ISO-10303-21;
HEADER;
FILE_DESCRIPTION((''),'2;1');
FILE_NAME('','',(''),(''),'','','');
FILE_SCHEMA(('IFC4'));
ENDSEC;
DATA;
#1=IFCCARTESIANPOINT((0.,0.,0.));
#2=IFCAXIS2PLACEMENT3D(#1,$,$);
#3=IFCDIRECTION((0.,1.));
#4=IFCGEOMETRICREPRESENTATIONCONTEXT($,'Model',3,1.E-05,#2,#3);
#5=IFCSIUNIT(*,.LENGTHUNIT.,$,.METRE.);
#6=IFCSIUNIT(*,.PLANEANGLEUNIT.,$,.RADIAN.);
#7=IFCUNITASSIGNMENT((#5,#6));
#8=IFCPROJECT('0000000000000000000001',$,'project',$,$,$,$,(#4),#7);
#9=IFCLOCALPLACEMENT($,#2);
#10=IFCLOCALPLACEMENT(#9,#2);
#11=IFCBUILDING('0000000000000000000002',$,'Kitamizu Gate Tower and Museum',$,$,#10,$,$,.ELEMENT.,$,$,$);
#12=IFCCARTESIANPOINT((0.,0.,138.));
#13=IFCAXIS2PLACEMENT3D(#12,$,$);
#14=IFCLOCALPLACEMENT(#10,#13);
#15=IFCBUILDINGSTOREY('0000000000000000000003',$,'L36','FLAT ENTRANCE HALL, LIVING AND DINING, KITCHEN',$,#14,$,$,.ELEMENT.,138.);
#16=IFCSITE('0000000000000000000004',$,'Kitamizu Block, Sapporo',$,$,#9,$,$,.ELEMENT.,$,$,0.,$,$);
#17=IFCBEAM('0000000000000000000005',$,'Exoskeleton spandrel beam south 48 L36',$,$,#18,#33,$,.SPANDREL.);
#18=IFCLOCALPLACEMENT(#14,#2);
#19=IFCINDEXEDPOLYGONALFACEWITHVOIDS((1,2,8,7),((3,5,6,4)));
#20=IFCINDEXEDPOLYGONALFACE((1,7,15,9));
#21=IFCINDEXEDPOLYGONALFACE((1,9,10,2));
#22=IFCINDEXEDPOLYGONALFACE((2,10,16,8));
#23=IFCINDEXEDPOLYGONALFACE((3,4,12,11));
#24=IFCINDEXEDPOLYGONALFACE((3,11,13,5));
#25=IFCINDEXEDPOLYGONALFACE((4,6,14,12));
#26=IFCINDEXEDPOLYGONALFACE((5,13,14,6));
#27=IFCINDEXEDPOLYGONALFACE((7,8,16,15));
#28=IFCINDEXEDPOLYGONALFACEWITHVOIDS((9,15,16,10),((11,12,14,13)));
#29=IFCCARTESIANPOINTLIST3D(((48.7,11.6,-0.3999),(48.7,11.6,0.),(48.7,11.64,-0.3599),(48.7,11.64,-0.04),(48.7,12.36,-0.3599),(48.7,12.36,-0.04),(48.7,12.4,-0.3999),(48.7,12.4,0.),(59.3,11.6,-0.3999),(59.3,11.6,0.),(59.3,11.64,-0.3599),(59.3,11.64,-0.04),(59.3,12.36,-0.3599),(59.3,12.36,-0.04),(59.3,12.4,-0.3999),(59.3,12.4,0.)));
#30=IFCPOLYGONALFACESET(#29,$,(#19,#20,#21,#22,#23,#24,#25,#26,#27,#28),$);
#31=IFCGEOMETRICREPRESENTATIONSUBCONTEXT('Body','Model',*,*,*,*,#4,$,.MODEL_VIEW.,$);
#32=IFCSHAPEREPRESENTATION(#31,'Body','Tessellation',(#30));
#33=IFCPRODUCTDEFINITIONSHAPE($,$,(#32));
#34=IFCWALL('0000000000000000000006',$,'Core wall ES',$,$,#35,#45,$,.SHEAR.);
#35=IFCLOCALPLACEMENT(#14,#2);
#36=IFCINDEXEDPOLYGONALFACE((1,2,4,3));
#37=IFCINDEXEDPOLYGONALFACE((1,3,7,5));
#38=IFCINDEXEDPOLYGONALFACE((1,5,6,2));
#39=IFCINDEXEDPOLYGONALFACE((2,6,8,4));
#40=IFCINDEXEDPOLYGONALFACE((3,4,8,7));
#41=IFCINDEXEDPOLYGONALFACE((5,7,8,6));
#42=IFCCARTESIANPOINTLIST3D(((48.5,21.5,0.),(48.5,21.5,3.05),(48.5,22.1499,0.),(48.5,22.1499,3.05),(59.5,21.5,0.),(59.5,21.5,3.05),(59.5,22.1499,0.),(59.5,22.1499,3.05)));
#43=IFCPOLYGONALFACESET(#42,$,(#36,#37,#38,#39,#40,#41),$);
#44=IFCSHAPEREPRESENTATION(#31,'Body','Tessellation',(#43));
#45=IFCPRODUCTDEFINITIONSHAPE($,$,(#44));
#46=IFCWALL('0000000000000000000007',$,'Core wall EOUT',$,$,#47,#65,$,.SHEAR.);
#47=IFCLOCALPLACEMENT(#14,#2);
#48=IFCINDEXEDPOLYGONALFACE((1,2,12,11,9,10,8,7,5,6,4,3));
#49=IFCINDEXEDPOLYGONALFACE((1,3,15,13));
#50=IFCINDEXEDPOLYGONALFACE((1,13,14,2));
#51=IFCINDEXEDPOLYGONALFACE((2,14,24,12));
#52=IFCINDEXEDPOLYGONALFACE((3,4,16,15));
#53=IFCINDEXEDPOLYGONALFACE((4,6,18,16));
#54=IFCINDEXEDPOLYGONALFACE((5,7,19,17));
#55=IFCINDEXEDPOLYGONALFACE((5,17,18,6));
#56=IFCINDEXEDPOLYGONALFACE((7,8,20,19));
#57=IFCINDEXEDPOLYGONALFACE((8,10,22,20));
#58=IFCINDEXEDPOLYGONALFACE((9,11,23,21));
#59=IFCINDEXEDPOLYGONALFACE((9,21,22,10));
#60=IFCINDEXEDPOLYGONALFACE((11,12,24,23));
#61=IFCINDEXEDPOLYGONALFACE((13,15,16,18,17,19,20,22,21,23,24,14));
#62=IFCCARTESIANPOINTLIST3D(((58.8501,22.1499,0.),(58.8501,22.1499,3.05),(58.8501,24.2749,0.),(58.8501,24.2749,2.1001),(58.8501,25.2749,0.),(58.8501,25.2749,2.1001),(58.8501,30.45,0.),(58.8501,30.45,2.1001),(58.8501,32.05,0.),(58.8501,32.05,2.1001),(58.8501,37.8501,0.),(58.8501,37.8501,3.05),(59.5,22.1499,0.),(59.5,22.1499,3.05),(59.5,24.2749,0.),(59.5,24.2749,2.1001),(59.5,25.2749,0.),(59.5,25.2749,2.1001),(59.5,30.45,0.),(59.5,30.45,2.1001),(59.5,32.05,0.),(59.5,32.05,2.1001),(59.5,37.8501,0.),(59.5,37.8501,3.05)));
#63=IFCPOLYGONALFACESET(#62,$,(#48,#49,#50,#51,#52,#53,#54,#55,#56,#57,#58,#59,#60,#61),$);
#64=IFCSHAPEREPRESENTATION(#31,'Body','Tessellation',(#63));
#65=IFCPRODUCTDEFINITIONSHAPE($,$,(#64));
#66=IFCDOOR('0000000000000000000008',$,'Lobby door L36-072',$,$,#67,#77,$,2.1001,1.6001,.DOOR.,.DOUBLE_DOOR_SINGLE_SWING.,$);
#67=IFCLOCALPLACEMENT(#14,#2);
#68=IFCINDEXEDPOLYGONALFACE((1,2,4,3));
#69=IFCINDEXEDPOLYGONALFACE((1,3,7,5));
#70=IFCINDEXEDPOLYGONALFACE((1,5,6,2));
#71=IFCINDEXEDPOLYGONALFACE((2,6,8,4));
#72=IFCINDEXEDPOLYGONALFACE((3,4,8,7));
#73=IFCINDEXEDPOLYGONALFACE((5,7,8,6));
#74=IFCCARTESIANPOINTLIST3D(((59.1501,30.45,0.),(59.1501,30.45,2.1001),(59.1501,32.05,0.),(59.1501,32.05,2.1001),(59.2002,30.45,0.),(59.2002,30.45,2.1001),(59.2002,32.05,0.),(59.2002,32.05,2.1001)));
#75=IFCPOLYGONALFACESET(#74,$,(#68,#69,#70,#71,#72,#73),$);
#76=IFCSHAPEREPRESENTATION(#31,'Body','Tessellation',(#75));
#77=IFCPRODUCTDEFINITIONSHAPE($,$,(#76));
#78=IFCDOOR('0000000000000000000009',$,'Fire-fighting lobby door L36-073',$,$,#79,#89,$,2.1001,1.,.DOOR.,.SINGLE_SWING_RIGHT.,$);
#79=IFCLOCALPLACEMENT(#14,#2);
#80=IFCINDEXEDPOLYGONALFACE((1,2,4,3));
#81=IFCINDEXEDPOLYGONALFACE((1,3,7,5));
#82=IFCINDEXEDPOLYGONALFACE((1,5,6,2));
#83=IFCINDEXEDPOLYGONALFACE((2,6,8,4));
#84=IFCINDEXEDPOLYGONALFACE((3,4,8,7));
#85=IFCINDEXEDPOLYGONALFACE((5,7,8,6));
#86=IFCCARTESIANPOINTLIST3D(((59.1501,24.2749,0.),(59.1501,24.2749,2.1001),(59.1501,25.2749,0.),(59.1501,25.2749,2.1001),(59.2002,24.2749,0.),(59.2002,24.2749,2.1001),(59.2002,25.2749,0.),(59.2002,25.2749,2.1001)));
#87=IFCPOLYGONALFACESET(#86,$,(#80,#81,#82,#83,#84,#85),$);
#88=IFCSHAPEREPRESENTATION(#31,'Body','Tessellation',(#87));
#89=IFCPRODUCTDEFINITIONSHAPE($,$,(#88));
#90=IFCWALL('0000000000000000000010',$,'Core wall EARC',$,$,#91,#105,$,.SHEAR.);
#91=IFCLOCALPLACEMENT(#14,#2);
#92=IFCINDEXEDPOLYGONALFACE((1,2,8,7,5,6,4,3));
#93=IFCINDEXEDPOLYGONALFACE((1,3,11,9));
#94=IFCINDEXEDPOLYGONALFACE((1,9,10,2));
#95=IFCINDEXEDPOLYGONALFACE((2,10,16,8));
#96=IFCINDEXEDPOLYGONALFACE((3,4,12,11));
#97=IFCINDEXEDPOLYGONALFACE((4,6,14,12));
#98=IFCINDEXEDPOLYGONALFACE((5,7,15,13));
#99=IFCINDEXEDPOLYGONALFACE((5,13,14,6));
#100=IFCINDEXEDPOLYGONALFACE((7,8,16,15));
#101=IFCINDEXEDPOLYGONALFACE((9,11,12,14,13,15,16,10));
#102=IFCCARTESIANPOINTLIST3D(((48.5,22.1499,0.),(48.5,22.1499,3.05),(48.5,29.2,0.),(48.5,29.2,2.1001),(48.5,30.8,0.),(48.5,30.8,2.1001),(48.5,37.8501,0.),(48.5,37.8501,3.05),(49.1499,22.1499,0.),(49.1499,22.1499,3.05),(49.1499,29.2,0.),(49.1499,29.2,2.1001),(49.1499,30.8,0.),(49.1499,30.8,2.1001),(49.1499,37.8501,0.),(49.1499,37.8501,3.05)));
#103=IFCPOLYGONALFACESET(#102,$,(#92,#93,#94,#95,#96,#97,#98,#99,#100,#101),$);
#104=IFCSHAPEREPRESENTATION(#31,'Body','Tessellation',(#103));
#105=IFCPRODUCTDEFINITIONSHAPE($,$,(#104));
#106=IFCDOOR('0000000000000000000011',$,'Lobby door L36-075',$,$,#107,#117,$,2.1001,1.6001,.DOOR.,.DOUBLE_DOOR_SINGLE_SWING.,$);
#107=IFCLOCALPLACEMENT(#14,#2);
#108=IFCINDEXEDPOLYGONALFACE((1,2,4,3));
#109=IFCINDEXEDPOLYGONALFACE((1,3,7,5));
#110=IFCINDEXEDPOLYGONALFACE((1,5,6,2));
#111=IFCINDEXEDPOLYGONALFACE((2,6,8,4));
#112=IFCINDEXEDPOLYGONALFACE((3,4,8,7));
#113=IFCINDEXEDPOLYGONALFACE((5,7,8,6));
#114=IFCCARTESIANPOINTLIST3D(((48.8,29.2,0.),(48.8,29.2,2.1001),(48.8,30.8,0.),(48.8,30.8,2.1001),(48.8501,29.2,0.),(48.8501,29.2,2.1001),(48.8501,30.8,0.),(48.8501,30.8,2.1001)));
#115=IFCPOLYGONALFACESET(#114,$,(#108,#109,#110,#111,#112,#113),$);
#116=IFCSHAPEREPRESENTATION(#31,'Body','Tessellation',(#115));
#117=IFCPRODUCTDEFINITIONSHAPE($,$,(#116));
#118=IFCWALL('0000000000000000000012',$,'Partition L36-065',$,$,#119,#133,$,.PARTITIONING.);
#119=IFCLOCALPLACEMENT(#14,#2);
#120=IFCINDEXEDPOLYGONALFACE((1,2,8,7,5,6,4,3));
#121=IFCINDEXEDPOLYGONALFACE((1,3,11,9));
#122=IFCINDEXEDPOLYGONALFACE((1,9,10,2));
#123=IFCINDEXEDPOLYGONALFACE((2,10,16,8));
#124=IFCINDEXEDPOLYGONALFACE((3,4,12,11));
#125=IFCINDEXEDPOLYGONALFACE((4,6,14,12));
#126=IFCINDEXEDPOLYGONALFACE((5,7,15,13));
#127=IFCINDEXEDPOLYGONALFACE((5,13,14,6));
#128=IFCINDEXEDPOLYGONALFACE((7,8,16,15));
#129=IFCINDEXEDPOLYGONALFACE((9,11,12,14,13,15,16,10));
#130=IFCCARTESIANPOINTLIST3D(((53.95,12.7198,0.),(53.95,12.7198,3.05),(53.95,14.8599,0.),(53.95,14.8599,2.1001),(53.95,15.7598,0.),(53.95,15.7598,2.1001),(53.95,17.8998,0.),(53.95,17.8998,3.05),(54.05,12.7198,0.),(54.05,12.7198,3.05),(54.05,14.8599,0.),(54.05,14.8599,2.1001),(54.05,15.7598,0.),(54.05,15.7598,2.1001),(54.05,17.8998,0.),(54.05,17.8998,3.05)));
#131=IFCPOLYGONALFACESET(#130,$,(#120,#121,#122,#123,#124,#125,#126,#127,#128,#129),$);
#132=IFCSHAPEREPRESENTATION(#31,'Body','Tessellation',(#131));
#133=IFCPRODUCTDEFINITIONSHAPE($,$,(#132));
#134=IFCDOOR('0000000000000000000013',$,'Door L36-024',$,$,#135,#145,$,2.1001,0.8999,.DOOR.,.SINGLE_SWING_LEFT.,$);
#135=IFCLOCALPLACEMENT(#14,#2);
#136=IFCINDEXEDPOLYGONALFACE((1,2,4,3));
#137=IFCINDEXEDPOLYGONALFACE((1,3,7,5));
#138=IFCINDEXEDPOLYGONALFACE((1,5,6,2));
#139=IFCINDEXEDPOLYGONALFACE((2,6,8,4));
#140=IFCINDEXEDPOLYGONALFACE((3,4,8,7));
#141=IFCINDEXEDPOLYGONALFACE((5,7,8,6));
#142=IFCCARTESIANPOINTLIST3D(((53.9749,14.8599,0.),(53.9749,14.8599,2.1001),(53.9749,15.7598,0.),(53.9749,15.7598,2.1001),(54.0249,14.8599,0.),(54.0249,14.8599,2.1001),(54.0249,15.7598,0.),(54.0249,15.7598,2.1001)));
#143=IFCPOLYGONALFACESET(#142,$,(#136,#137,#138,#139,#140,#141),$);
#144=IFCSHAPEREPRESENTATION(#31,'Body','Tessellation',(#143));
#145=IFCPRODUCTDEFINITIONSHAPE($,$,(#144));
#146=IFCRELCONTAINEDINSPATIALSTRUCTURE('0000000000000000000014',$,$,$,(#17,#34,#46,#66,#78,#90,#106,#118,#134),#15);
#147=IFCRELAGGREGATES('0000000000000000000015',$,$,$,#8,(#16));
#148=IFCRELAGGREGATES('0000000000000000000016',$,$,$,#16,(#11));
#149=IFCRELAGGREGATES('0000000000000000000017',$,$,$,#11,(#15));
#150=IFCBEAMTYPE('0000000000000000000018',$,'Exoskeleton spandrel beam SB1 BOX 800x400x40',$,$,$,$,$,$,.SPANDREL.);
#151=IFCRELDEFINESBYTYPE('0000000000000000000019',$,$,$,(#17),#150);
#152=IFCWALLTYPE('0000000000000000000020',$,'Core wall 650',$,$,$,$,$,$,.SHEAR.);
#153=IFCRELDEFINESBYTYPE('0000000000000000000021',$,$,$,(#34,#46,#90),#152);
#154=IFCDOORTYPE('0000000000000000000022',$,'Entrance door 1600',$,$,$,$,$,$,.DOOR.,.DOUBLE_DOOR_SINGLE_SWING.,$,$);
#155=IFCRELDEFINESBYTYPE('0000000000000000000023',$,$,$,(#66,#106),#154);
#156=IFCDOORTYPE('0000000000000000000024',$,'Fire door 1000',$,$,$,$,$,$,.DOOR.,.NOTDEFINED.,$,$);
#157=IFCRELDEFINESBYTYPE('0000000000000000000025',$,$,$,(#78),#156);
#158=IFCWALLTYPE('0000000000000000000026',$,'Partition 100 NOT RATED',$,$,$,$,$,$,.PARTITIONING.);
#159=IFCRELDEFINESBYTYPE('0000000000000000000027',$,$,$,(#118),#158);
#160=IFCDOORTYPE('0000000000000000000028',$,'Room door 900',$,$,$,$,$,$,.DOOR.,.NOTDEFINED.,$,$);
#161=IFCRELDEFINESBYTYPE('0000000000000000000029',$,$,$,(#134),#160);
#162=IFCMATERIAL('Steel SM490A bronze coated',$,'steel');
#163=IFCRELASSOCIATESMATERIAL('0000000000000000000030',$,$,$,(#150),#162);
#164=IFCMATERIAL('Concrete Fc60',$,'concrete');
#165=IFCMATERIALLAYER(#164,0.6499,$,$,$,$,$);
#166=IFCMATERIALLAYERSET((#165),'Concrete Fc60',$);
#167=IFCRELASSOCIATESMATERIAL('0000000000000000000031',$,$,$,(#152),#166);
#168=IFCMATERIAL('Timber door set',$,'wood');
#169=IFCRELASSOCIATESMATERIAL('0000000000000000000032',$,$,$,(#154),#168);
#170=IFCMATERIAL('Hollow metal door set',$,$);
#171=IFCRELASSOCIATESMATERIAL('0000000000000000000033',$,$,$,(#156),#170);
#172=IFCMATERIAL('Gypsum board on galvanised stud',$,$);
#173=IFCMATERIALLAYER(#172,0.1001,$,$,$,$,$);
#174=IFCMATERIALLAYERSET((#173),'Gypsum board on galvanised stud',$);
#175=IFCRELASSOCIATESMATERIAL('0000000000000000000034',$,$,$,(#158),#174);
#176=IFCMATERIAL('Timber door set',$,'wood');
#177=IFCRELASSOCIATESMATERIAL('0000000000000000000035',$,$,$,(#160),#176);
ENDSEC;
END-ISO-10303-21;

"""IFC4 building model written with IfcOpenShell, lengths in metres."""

from ifc_helpers import new_model, si_unit, direction, frame, frame_2d, origin, origin_2d, place, context, subcontext, project, spatial, rectangle, hollow_rectangle, extrude, material, layer, layer_set, material_profile, profile_set, type_object, element, fill, save


model = new_model("IFC4")

# Units and contexts
model_context = context("Model", 3, precision=1e-05, world=origin(), true_north=direction((0.0, 1.0)))
body_context = subcontext(model_context, "Body", "Model", "MODEL_VIEW")
ifc_project = project(units=[si_unit("LENGTHUNIT", "METRE"), si_unit("PLANEANGLEUNIT", "RADIAN")], contexts=[model_context])

# Site, building, storey
site_placement = place(None, origin())
site = spatial("IfcSite", under=ifc_project, at=site_placement, Name="Kitamizu Block, Sapporo", CompositionType="ELEMENT", RefElevation=0.0)
building_placement = place(site_placement, origin())
building = spatial("IfcBuilding", under=site, at=building_placement, Name="Kitamizu Gate Tower and Museum", CompositionType="ELEMENT")
storey_placement = place(building_placement, frame((0.0, 0.0, 138.0)))
storey = spatial("IfcBuildingStorey", under=building, at=storey_placement, Name="L36", Description="FLAT ENTRANCE HALL, LIVING AND DINING, KITCHEN", CompositionType="ELEMENT", Elevation=138.0)

# Beam
ifc_material_1 = material(Name="Steel SM490A bronze coated", Category="steel")
ifc_material_profile = material_profile(ifc_material_1, hollow_rectangle(XDim=0.8, YDim=0.3999, WallThickness=0.04, at=origin_2d()), Name="BOX 800x400x40")
ifc_profile_set = profile_set([ifc_material_profile], Name="Steel SM490A bronze coated")
beam_type = type_object("IfcBeamType", Name="Exoskeleton spandrel beam SB1 BOX 800x400x40", PredefinedType="SPANDREL", material=ifc_profile_set)
beam_placement = place(storey_placement, frame((48.7, 12.0, -0.2), z_axis=(1.0, 0.0, 0.0), x_axis=(0.0, 1.0, 0.0)))
element("IfcBeam", 1, at=beam_placement, inside=storey, type_object=beam_type, Name="Exoskeleton spandrel beam south 48 L36", PredefinedType="SPANDREL", context=body_context, shape_type="SweptSolid", body=[
    extrude(hollow_rectangle(XDim=0.8, YDim=0.3999, WallThickness=0.04, at=origin_2d()), origin(), (0.0, 0.0, 1.0), 10.6001),
])

# Wall
ifc_material_2 = material(Name="Concrete Fc60", Category="concrete")
ifc_layer_1 = layer(ifc_material_2, 0.6499)
ifc_layer_set_1 = layer_set([ifc_layer_1], Name="Concrete Fc60")
wall_type_1 = type_object("IfcWallType", Name="Core wall 650", PredefinedType="SHEAR", material=ifc_layer_set_1)
wall_1_placement = place(storey_placement, frame((59.5, 21.825, 0.0), z_axis=(0.0, 0.0, 1.0), x_axis=(-1.0, 0.0, 0.0)))
element("IfcWall", 2, at=wall_1_placement, inside=storey, type_object=wall_type_1, Name="Core wall ES", PredefinedType="SHEAR", context=body_context, shape_type="SweptSolid", body=[
    extrude(rectangle(XDim=11.0, YDim=0.6499, at=frame_2d((5.5, 0.0))), origin(), (0.0, 0.0, 1.0), 3.05),
])

# Wall, openings, doors
wall_2_placement = place(storey_placement, frame((59.175, 22.1499, 0.0), z_axis=(0.0, 0.0, 1.0), x_axis=(0.0, 1.0, 0.0)))
wall_2 = element("IfcWall", 3, at=wall_2_placement, inside=storey, type_object=wall_type_1, Name="Core wall EOUT", PredefinedType="SHEAR", context=body_context, shape_type="SweptSolid", body=[
    extrude(rectangle(XDim=15.7002, YDim=0.6499, at=frame_2d((7.8501, 0.0))), origin(), (0.0, 0.0, 1.0), 3.05),
])
opening_1_placement = place(wall_2_placement, frame((8.3, 0.0, 0.0)))
opening_1 = element("IfcOpeningElement", 4, at=opening_1_placement, cuts=wall_2, PredefinedType="OPENING", context=body_context, shape_type="SweptSolid", body=[
    extrude(rectangle(XDim=1.6001, YDim=2.1001, at=frame_2d((0.8, 1.05))), frame((0.0, 0.335, 0.0), z_axis=(0.0, -1.0, 0.0), x_axis=(1.0, 0.0, 0.0)), (0.0, 0.0, 1.0), 0.6699),
])
opening_2_placement = place(wall_2_placement, frame((2.125, 0.0, 0.0)))
opening_2 = element("IfcOpeningElement", 5, at=opening_2_placement, cuts=wall_2, PredefinedType="OPENING", context=body_context, shape_type="SweptSolid", body=[
    extrude(rectangle(XDim=1.0, YDim=2.1001, at=frame_2d((0.5, 1.05))), frame((0.0, 0.335, 0.0), z_axis=(0.0, -1.0, 0.0), x_axis=(1.0, 0.0, 0.0)), (0.0, 0.0, 1.0), 0.6699),
])
ifc_material_3 = material(Name="Timber door set", Category="wood")
door_type_1 = type_object("IfcDoorType", Name="Entrance door 1600", OperationType="DOUBLE_DOOR_SINGLE_SWING", PredefinedType="DOOR", material=ifc_material_3)
door_1_placement = place(opening_1_placement, origin())
door_1 = element("IfcDoor", 6, at=door_1_placement, inside=storey, type_object=door_type_1, Name="Lobby door L36-072", OperationType="DOUBLE_DOOR_SINGLE_SWING", OverallHeight=2.1001, OverallWidth=1.6001, PredefinedType="DOOR", context=body_context, shape_type="SweptSolid", body=[
    extrude(rectangle(XDim=1.6001, YDim=2.1001, at=frame_2d((0.8, 1.05))), frame((0.0, 0.0249, 0.0), z_axis=(0.0, -1.0, 0.0), x_axis=(1.0, 0.0, 0.0)), (0.0, 0.0, 1.0), 0.05),
])
fill(opening_1, door_1)
ifc_material_4 = material(Name="Hollow metal door set")
door_type_2 = type_object("IfcDoorType", Name="Fire door 1000", OperationType="NOTDEFINED", PredefinedType="DOOR", material=ifc_material_4)
door_2_placement = place(opening_2_placement, origin())
door_2 = element("IfcDoor", 7, at=door_2_placement, inside=storey, type_object=door_type_2, Name="Fire-fighting lobby door L36-073", OperationType="SINGLE_SWING_RIGHT", OverallHeight=2.1001, OverallWidth=1.0, PredefinedType="DOOR", context=body_context, shape_type="SweptSolid", body=[
    extrude(rectangle(XDim=1.0, YDim=2.1001, at=frame_2d((0.5, 1.05))), frame((0.0, 0.0249, 0.0), z_axis=(0.0, -1.0, 0.0), x_axis=(1.0, 0.0, 0.0)), (0.0, 0.0, 1.0), 0.05),
])
fill(opening_2, door_2)

# Walls, openings, doors
wall_3_placement = place(storey_placement, frame((48.825, 22.1499, 0.0), z_axis=(0.0, 0.0, 1.0), x_axis=(0.0, 1.0, 0.0)))
wall_3 = element("IfcWall", 8, at=wall_3_placement, inside=storey, type_object=wall_type_1, Name="Core wall EARC", PredefinedType="SHEAR", context=body_context, shape_type="SweptSolid", body=[
    extrude(rectangle(XDim=15.7002, YDim=0.6499, at=frame_2d((7.8501, 0.0))), origin(), (0.0, 0.0, 1.0), 3.05),
])
opening_3_placement = place(wall_3_placement, frame((7.05, 0.0, 0.0)))
opening_3 = element("IfcOpeningElement", 9, at=opening_3_placement, cuts=wall_3, PredefinedType="OPENING", context=body_context, shape_type="SweptSolid", body=[
    extrude(rectangle(XDim=1.6001, YDim=2.1001, at=frame_2d((0.8, 1.05))), frame((0.0, 0.335, 0.0), z_axis=(0.0, -1.0, 0.0), x_axis=(1.0, 0.0, 0.0)), (0.0, 0.0, 1.0), 0.6699),
])
door_3_placement = place(opening_3_placement, origin())
door_3 = element("IfcDoor", 10, at=door_3_placement, inside=storey, type_object=door_type_1, Name="Lobby door L36-075", OperationType="DOUBLE_DOOR_SINGLE_SWING", OverallHeight=2.1001, OverallWidth=1.6001, PredefinedType="DOOR", context=body_context, shape_type="SweptSolid", body=[
    extrude(rectangle(XDim=1.6001, YDim=2.1001, at=frame_2d((0.8, 1.05))), frame((0.0, 0.0249, 0.0), z_axis=(0.0, -1.0, 0.0), x_axis=(1.0, 0.0, 0.0)), (0.0, 0.0, 1.0), 0.05),
])
fill(opening_3, door_3)
ifc_material_5 = material(Name="Gypsum board on galvanised stud")
ifc_layer_2 = layer(ifc_material_5, 0.1001)
ifc_layer_set_2 = layer_set([ifc_layer_2], Name="Gypsum board on galvanised stud")
wall_type_2 = type_object("IfcWallType", Name="Partition 100 NOT RATED", PredefinedType="PARTITIONING", material=ifc_layer_set_2)
wall_4_placement = place(storey_placement, frame((54.0, 12.72, 0.0), z_axis=(0.0, 0.0, 1.0), x_axis=(0.0, 1.0, 0.0)))
wall_4 = element("IfcWall", 11, at=wall_4_placement, inside=storey, type_object=wall_type_2, Name="Partition L36-065", PredefinedType="PARTITIONING", context=body_context, shape_type="SweptSolid", body=[
    extrude(rectangle(XDim=5.1799, YDim=0.1001, at=frame_2d((2.5898, 0.0))), origin(), (0.0, 0.0, 1.0), 3.05),
])
opening_4_placement = place(wall_4_placement, frame((2.1399, 0.0, 0.0)))
opening_4 = element("IfcOpeningElement", 12, at=opening_4_placement, cuts=wall_4, PredefinedType="OPENING", context=body_context, shape_type="SweptSolid", body=[
    extrude(rectangle(XDim=0.8999, YDim=2.1001, at=frame_2d((0.45, 1.05))), frame((0.0, 0.0601, 0.0), z_axis=(0.0, -1.0, 0.0), x_axis=(1.0, 0.0, 0.0)), (0.0, 0.0, 1.0), 0.1201),
])
ifc_material_6 = material(Name="Timber door set", Category="wood")
door_type_3 = type_object("IfcDoorType", Name="Room door 900", OperationType="NOTDEFINED", PredefinedType="DOOR", material=ifc_material_6)
door_4_placement = place(opening_4_placement, frame((0.8999, 0.0, 0.0), x_axis=(-1.0, 0.0, 0.0)))
door_4 = element("IfcDoor", 13, at=door_4_placement, inside=storey, type_object=door_type_3, Name="Door L36-024", OperationType="SINGLE_SWING_LEFT", OverallHeight=2.1001, OverallWidth=0.8999, PredefinedType="DOOR", context=body_context, shape_type="SweptSolid", body=[
    extrude(rectangle(XDim=0.8999, YDim=2.1001, at=frame_2d((0.45, 1.05))), frame((0.0, 0.0249, 0.0), z_axis=(0.0, -1.0, 0.0), x_axis=(1.0, 0.0, 0.0)), (0.0, 0.0, 1.0), 0.05),
])
fill(opening_4, door_4)

save(model, "model.ifc")
